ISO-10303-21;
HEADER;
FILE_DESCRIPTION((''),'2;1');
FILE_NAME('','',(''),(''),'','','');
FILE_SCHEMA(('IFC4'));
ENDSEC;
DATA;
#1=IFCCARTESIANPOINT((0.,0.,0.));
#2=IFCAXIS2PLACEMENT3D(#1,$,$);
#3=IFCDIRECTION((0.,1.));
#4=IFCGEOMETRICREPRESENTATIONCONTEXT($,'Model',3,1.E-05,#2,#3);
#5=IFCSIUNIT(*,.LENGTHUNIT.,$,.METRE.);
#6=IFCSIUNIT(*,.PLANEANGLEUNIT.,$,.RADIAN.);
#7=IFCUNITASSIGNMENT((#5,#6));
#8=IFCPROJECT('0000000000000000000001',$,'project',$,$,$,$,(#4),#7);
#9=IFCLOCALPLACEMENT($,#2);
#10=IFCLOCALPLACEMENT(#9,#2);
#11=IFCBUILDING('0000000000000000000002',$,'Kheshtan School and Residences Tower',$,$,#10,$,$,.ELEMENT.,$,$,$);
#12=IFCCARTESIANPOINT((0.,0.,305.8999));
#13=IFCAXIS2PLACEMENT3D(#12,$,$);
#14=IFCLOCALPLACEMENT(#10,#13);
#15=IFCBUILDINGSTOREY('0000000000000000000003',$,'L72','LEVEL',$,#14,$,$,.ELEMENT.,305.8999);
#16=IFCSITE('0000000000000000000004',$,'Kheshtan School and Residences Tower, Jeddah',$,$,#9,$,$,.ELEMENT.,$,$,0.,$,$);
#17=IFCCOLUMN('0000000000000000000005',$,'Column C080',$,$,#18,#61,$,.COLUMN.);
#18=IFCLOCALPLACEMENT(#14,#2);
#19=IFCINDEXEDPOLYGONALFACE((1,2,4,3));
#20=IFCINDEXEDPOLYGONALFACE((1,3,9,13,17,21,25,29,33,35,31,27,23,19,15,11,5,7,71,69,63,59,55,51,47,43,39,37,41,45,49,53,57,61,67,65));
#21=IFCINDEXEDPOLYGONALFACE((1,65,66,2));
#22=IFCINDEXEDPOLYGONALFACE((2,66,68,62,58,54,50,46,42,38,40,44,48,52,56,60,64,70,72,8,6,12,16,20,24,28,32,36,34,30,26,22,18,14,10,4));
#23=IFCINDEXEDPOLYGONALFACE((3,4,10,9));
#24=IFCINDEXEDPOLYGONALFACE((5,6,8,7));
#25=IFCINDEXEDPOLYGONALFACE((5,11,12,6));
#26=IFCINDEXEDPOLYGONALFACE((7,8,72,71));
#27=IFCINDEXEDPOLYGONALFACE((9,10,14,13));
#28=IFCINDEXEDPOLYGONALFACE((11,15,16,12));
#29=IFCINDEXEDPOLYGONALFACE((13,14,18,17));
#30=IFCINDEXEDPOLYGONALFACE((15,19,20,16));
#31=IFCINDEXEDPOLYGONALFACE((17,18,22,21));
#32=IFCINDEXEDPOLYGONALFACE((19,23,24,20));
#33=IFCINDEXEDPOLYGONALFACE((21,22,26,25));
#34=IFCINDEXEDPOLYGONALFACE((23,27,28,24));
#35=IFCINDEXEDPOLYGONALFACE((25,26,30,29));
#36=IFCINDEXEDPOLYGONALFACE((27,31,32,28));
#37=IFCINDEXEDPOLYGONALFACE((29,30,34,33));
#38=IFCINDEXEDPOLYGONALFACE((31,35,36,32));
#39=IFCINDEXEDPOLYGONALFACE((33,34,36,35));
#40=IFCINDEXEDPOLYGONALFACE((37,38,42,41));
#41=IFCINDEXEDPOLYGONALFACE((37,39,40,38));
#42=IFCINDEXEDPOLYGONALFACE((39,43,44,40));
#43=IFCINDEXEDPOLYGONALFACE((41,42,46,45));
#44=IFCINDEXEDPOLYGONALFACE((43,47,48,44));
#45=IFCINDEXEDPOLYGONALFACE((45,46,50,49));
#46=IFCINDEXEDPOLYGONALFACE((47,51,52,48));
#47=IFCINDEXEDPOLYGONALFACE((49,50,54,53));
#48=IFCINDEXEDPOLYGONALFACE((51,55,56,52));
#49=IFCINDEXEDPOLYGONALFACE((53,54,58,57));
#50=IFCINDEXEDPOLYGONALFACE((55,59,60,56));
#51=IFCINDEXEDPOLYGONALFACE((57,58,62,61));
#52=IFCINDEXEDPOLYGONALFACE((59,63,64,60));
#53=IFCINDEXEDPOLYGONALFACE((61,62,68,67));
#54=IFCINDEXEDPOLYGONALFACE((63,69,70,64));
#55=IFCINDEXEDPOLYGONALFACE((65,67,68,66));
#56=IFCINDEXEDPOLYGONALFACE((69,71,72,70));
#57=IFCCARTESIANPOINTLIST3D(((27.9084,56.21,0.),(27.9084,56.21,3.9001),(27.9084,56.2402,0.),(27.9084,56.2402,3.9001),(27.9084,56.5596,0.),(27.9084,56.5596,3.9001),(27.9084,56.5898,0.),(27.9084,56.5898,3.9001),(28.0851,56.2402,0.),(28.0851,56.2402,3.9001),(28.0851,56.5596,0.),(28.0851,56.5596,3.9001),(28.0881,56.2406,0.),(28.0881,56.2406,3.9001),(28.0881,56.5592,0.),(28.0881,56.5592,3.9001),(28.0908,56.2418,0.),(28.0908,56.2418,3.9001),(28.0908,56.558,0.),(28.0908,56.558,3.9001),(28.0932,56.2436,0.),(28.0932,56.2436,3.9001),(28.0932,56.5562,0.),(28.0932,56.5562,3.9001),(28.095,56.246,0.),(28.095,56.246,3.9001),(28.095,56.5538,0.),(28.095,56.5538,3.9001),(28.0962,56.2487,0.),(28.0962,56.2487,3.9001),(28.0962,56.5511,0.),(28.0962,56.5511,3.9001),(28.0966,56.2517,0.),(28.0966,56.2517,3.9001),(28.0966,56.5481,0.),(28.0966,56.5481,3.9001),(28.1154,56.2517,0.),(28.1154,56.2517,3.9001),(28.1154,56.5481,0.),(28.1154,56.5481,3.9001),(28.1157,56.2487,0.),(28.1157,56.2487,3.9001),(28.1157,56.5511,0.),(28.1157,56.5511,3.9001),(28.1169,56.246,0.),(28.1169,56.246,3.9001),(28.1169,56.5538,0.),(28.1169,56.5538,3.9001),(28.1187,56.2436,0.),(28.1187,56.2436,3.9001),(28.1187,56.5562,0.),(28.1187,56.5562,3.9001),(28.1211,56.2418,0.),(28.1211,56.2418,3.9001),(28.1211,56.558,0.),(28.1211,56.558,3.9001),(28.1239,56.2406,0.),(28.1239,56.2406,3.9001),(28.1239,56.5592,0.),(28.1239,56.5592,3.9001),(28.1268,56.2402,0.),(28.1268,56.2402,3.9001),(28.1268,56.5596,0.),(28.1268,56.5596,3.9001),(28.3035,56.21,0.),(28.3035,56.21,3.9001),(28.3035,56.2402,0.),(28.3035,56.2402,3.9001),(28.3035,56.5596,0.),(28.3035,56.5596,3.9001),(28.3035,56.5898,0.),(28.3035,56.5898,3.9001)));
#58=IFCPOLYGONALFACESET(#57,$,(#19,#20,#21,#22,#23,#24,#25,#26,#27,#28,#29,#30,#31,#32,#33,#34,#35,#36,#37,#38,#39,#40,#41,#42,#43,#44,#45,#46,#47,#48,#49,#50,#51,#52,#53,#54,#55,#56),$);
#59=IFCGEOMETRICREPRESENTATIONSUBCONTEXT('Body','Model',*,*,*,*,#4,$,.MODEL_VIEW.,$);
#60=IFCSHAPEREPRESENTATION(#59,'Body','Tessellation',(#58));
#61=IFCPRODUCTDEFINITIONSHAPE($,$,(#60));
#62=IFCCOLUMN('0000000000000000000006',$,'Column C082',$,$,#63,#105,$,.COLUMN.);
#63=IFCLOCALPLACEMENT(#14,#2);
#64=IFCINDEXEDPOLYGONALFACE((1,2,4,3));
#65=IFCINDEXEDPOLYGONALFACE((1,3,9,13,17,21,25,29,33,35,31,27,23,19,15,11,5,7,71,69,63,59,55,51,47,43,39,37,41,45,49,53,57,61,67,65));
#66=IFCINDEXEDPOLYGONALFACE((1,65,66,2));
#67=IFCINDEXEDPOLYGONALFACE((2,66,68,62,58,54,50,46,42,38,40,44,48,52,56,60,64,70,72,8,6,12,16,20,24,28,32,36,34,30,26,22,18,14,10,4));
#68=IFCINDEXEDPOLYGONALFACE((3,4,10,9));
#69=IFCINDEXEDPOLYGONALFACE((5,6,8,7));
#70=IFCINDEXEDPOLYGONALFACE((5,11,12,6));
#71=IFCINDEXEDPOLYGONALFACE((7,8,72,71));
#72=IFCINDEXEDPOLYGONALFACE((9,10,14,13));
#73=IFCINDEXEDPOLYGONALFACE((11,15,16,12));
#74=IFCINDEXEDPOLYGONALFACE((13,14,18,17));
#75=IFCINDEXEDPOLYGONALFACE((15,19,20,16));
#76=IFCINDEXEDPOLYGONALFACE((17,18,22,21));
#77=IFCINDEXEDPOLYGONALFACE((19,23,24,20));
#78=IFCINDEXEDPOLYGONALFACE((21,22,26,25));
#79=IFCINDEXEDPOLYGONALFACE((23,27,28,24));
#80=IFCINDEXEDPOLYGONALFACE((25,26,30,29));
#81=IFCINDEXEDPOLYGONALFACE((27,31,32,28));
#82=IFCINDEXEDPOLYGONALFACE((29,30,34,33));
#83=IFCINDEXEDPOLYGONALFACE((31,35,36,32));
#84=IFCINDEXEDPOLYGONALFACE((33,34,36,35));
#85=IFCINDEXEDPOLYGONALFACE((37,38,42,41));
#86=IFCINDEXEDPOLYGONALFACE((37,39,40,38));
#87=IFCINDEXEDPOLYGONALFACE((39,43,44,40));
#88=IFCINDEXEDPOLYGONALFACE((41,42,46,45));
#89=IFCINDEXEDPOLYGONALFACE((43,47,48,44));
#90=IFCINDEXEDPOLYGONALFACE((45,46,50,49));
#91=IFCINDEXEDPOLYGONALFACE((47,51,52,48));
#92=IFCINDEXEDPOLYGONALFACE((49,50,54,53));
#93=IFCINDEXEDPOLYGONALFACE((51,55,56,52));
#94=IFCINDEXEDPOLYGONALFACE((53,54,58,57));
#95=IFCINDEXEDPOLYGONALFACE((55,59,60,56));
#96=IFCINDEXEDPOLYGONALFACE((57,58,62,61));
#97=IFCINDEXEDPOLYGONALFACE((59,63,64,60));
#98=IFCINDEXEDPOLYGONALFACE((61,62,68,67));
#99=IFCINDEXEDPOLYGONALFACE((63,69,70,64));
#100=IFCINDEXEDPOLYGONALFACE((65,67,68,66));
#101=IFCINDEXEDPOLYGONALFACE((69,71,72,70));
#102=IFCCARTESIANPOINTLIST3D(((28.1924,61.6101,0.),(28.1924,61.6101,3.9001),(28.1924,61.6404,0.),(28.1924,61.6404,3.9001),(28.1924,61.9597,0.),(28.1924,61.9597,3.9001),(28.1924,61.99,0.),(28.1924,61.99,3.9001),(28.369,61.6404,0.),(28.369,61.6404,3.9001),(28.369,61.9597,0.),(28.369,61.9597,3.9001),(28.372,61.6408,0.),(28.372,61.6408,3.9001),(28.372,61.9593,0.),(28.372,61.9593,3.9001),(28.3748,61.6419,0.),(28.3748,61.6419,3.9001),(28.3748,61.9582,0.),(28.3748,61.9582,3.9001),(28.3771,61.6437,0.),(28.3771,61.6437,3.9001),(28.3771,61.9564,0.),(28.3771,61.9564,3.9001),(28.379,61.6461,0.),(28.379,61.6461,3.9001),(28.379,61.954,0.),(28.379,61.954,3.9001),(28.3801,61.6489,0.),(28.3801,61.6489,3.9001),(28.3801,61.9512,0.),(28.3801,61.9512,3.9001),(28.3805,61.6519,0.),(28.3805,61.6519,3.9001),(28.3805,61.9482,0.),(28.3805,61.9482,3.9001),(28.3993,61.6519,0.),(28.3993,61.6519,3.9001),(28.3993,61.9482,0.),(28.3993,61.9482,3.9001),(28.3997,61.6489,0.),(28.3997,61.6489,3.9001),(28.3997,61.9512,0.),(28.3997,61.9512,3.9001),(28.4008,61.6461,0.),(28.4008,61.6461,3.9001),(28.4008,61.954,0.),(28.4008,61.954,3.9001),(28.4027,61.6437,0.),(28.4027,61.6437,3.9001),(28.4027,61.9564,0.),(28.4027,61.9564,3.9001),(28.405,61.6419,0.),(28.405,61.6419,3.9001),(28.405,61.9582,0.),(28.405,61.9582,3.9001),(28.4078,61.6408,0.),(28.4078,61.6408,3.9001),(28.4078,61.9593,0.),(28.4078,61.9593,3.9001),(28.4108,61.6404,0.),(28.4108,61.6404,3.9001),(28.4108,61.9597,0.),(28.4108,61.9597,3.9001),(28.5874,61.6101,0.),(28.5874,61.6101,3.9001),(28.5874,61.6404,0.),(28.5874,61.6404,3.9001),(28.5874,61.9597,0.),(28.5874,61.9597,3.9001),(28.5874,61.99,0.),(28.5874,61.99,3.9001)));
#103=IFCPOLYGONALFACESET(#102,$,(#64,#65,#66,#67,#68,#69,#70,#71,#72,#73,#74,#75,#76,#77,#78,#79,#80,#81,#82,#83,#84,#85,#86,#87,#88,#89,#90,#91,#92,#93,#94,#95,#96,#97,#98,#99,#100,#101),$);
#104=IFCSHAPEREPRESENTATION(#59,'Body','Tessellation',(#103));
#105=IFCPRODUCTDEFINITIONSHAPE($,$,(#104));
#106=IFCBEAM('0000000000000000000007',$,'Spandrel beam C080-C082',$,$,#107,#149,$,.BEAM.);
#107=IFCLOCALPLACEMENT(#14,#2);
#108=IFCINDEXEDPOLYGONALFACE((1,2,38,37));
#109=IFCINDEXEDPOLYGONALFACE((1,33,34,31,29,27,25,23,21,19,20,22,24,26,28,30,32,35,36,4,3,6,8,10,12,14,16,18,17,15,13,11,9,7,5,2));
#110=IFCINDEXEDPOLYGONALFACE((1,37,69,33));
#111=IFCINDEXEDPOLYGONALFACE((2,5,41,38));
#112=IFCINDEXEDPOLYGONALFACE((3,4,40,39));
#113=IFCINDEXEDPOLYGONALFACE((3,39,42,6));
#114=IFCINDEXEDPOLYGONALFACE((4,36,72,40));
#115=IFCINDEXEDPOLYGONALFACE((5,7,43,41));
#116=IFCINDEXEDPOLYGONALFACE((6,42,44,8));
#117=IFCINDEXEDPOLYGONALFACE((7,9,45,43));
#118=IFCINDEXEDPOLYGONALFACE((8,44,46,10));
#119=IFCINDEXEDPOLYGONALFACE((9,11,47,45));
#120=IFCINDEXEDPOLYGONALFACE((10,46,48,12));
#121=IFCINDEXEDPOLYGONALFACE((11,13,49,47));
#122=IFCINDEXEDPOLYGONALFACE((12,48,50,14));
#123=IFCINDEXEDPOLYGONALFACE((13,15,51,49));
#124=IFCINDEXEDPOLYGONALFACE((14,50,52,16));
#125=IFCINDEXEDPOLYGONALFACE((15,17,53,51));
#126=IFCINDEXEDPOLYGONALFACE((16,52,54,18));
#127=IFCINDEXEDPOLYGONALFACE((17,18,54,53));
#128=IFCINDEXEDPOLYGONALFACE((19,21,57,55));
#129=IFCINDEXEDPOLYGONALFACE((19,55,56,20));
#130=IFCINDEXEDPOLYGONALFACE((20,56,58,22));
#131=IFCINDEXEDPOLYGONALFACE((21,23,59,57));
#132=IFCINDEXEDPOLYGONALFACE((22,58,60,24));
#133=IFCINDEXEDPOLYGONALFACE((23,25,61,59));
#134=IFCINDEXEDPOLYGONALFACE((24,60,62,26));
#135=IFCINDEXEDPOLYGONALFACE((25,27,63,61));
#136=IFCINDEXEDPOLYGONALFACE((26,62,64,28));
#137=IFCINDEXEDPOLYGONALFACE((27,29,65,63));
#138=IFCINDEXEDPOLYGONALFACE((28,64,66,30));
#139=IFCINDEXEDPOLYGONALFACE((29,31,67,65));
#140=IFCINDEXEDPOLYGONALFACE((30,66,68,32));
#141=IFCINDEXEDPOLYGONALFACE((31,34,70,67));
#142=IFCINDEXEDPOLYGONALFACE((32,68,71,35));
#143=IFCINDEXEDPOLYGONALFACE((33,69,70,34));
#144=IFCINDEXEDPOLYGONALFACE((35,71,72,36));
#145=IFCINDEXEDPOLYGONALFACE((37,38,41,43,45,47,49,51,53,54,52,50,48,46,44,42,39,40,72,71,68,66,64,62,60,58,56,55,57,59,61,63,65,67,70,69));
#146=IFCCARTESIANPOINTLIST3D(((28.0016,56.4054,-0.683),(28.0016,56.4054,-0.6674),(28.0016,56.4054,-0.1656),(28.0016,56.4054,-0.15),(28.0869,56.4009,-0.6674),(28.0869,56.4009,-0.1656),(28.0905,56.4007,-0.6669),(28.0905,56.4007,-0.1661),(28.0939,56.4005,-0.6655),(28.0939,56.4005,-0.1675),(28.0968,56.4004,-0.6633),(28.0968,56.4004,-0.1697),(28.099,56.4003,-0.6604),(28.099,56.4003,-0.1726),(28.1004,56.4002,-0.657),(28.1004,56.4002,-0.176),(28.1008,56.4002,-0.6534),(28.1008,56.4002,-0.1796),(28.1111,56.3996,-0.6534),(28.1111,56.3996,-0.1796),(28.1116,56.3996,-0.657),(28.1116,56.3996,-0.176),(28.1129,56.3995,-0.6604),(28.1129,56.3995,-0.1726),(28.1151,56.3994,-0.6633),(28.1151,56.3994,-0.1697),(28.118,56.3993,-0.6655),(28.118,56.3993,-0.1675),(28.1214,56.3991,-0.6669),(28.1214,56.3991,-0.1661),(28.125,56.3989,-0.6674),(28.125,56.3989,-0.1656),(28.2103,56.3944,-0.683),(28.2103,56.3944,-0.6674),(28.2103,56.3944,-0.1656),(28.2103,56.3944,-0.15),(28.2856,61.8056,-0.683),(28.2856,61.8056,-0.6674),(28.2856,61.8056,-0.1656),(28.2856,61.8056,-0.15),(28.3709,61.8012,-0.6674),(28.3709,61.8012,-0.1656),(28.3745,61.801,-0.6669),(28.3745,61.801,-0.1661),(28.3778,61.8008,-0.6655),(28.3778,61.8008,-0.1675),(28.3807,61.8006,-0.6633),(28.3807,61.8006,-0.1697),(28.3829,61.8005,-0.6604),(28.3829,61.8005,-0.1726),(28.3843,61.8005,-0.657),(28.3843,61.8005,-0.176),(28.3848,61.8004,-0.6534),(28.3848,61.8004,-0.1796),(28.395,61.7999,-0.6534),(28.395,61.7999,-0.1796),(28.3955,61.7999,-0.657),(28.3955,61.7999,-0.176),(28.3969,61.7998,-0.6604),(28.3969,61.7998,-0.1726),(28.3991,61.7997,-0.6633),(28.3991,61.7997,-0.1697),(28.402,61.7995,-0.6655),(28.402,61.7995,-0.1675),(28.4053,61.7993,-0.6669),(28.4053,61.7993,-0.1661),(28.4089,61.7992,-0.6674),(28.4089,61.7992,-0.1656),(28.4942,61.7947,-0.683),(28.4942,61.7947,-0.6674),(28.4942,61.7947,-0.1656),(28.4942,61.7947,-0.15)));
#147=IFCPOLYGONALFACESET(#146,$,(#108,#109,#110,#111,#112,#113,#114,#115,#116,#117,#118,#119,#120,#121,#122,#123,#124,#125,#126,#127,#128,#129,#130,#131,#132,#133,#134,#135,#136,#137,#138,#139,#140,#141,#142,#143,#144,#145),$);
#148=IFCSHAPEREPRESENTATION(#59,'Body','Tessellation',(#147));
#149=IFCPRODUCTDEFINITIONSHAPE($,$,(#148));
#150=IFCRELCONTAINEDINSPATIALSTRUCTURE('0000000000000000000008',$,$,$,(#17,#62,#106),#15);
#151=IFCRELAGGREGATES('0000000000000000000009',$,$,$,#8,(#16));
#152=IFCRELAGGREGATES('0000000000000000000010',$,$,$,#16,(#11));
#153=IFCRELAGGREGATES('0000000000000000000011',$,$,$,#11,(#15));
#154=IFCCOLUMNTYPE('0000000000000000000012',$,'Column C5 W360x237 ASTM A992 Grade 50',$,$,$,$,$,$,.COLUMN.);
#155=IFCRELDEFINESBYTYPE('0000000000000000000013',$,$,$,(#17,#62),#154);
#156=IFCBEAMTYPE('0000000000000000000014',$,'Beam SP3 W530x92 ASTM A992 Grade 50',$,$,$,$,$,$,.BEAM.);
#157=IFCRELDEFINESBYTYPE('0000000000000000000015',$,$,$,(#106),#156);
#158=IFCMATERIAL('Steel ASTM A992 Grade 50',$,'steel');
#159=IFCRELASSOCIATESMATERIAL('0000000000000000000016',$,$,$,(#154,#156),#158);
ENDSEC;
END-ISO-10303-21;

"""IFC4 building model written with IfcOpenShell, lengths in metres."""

from ifc_helpers import new_model, si_unit, direction, frame, origin, origin_2d, place, context, subcontext, project, spatial, i_section, extrude, material, material_profile, profile_set, type_object, element, save


model = new_model("IFC4")

# Units and contexts
model_context = context("Model", 3, precision=1e-05, world=origin(), true_north=direction((0.0, 1.0)))
body_context = subcontext(model_context, "Body", "Model", "MODEL_VIEW")
ifc_project = project(units=[si_unit("LENGTHUNIT", "METRE"), si_unit("PLANEANGLEUNIT", "RADIAN")], contexts=[model_context])

# Site, building, storey
site_placement = place(None, origin())
site = spatial("IfcSite", under=ifc_project, at=site_placement, Name="Kheshtan School and Residences Tower, Jeddah", CompositionType="ELEMENT", RefElevation=0.0)
building_placement = place(site_placement, origin())
building = spatial("IfcBuilding", under=site, at=building_placement, Name="Kheshtan School and Residences Tower", CompositionType="ELEMENT")
storey_placement = place(building_placement, frame((0.0, 0.0, 305.8999)))
storey = spatial("IfcBuildingStorey", under=building, at=storey_placement, Name="L72", Description="LEVEL", CompositionType="ELEMENT", Elevation=305.8999)

# Columns
ifc_material_1 = material(Name="Steel ASTM A992 Grade 50", Category="steel")
ifc_material_profile_1 = material_profile(ifc_material_1, i_section(OverallWidth=0.395, OverallDepth=0.3799, WebThickness=0.0188, FlangeThickness=0.0303, FilletRadius=0.0115, at=origin_2d()), Name="W360x237")
ifc_profile_set_1 = profile_set([ifc_material_profile_1], Name="Steel ASTM A992 Grade 50")
column_type = type_object("IfcColumnType", Name="Column C5 W360x237 ASTM A992 Grade 50", PredefinedType="COLUMN", material=ifc_profile_set_1)
for number, where, z_axis, x_axis, name in (
    (1, (28.106, 56.3999, 0.0), (0.0, 0.0, 1.0), (1.0, 0.0, 0.0), "Column C080"),
    (2, (28.3899, 61.8, 0.0), (0.0, 0.0, 1.0), (1.0, 0.0, 0.0), "Column C082"),
):
    element("IfcColumn", number, at=place(storey_placement, frame(where, z_axis=z_axis, x_axis=x_axis)), inside=storey, type_object=column_type, Name=name, PredefinedType="COLUMN", context=body_context, shape_type="SweptSolid", body=[
        extrude(i_section(OverallWidth=0.395, OverallDepth=0.3799, WebThickness=0.0188, FlangeThickness=0.0303, FilletRadius=0.0115, at=origin_2d()), origin(), (0.0, 0.0, 1.0), 3.9001),
    ])

# Beam
ifc_material_profile_2 = material_profile(ifc_material_1, i_section(OverallWidth=0.209, OverallDepth=0.533, WebThickness=0.0103, FlangeThickness=0.0156, FilletRadius=0.0139, at=origin_2d()), Name="W530x92")
ifc_profile_set_2 = profile_set([ifc_material_profile_2], Name="Steel ASTM A992 Grade 50")
beam_type = type_object("IfcBeamType", Name="Beam SP3 W530x92 ASTM A992 Grade 50", PredefinedType="BEAM", material=ifc_profile_set_2)
beam_placement = place(storey_placement, frame((28.106, 56.3999, -0.4165), z_axis=(0.052507, 0.998621, 0.0), x_axis=(-0.998621, 0.052507, 0.0)))
element("IfcBeam", 3, at=beam_placement, inside=storey, type_object=beam_type, Name="Spandrel beam C080-C082", PredefinedType="BEAM", context=body_context, shape_type="SweptSolid", body=[
    extrude(i_section(OverallWidth=0.209, OverallDepth=0.533, WebThickness=0.0103, FlangeThickness=0.0156, FilletRadius=0.0139, at=origin_2d()), origin(), (0.0, 0.0, 1.0), 5.4077),
])

save(model, "model.ifc")
